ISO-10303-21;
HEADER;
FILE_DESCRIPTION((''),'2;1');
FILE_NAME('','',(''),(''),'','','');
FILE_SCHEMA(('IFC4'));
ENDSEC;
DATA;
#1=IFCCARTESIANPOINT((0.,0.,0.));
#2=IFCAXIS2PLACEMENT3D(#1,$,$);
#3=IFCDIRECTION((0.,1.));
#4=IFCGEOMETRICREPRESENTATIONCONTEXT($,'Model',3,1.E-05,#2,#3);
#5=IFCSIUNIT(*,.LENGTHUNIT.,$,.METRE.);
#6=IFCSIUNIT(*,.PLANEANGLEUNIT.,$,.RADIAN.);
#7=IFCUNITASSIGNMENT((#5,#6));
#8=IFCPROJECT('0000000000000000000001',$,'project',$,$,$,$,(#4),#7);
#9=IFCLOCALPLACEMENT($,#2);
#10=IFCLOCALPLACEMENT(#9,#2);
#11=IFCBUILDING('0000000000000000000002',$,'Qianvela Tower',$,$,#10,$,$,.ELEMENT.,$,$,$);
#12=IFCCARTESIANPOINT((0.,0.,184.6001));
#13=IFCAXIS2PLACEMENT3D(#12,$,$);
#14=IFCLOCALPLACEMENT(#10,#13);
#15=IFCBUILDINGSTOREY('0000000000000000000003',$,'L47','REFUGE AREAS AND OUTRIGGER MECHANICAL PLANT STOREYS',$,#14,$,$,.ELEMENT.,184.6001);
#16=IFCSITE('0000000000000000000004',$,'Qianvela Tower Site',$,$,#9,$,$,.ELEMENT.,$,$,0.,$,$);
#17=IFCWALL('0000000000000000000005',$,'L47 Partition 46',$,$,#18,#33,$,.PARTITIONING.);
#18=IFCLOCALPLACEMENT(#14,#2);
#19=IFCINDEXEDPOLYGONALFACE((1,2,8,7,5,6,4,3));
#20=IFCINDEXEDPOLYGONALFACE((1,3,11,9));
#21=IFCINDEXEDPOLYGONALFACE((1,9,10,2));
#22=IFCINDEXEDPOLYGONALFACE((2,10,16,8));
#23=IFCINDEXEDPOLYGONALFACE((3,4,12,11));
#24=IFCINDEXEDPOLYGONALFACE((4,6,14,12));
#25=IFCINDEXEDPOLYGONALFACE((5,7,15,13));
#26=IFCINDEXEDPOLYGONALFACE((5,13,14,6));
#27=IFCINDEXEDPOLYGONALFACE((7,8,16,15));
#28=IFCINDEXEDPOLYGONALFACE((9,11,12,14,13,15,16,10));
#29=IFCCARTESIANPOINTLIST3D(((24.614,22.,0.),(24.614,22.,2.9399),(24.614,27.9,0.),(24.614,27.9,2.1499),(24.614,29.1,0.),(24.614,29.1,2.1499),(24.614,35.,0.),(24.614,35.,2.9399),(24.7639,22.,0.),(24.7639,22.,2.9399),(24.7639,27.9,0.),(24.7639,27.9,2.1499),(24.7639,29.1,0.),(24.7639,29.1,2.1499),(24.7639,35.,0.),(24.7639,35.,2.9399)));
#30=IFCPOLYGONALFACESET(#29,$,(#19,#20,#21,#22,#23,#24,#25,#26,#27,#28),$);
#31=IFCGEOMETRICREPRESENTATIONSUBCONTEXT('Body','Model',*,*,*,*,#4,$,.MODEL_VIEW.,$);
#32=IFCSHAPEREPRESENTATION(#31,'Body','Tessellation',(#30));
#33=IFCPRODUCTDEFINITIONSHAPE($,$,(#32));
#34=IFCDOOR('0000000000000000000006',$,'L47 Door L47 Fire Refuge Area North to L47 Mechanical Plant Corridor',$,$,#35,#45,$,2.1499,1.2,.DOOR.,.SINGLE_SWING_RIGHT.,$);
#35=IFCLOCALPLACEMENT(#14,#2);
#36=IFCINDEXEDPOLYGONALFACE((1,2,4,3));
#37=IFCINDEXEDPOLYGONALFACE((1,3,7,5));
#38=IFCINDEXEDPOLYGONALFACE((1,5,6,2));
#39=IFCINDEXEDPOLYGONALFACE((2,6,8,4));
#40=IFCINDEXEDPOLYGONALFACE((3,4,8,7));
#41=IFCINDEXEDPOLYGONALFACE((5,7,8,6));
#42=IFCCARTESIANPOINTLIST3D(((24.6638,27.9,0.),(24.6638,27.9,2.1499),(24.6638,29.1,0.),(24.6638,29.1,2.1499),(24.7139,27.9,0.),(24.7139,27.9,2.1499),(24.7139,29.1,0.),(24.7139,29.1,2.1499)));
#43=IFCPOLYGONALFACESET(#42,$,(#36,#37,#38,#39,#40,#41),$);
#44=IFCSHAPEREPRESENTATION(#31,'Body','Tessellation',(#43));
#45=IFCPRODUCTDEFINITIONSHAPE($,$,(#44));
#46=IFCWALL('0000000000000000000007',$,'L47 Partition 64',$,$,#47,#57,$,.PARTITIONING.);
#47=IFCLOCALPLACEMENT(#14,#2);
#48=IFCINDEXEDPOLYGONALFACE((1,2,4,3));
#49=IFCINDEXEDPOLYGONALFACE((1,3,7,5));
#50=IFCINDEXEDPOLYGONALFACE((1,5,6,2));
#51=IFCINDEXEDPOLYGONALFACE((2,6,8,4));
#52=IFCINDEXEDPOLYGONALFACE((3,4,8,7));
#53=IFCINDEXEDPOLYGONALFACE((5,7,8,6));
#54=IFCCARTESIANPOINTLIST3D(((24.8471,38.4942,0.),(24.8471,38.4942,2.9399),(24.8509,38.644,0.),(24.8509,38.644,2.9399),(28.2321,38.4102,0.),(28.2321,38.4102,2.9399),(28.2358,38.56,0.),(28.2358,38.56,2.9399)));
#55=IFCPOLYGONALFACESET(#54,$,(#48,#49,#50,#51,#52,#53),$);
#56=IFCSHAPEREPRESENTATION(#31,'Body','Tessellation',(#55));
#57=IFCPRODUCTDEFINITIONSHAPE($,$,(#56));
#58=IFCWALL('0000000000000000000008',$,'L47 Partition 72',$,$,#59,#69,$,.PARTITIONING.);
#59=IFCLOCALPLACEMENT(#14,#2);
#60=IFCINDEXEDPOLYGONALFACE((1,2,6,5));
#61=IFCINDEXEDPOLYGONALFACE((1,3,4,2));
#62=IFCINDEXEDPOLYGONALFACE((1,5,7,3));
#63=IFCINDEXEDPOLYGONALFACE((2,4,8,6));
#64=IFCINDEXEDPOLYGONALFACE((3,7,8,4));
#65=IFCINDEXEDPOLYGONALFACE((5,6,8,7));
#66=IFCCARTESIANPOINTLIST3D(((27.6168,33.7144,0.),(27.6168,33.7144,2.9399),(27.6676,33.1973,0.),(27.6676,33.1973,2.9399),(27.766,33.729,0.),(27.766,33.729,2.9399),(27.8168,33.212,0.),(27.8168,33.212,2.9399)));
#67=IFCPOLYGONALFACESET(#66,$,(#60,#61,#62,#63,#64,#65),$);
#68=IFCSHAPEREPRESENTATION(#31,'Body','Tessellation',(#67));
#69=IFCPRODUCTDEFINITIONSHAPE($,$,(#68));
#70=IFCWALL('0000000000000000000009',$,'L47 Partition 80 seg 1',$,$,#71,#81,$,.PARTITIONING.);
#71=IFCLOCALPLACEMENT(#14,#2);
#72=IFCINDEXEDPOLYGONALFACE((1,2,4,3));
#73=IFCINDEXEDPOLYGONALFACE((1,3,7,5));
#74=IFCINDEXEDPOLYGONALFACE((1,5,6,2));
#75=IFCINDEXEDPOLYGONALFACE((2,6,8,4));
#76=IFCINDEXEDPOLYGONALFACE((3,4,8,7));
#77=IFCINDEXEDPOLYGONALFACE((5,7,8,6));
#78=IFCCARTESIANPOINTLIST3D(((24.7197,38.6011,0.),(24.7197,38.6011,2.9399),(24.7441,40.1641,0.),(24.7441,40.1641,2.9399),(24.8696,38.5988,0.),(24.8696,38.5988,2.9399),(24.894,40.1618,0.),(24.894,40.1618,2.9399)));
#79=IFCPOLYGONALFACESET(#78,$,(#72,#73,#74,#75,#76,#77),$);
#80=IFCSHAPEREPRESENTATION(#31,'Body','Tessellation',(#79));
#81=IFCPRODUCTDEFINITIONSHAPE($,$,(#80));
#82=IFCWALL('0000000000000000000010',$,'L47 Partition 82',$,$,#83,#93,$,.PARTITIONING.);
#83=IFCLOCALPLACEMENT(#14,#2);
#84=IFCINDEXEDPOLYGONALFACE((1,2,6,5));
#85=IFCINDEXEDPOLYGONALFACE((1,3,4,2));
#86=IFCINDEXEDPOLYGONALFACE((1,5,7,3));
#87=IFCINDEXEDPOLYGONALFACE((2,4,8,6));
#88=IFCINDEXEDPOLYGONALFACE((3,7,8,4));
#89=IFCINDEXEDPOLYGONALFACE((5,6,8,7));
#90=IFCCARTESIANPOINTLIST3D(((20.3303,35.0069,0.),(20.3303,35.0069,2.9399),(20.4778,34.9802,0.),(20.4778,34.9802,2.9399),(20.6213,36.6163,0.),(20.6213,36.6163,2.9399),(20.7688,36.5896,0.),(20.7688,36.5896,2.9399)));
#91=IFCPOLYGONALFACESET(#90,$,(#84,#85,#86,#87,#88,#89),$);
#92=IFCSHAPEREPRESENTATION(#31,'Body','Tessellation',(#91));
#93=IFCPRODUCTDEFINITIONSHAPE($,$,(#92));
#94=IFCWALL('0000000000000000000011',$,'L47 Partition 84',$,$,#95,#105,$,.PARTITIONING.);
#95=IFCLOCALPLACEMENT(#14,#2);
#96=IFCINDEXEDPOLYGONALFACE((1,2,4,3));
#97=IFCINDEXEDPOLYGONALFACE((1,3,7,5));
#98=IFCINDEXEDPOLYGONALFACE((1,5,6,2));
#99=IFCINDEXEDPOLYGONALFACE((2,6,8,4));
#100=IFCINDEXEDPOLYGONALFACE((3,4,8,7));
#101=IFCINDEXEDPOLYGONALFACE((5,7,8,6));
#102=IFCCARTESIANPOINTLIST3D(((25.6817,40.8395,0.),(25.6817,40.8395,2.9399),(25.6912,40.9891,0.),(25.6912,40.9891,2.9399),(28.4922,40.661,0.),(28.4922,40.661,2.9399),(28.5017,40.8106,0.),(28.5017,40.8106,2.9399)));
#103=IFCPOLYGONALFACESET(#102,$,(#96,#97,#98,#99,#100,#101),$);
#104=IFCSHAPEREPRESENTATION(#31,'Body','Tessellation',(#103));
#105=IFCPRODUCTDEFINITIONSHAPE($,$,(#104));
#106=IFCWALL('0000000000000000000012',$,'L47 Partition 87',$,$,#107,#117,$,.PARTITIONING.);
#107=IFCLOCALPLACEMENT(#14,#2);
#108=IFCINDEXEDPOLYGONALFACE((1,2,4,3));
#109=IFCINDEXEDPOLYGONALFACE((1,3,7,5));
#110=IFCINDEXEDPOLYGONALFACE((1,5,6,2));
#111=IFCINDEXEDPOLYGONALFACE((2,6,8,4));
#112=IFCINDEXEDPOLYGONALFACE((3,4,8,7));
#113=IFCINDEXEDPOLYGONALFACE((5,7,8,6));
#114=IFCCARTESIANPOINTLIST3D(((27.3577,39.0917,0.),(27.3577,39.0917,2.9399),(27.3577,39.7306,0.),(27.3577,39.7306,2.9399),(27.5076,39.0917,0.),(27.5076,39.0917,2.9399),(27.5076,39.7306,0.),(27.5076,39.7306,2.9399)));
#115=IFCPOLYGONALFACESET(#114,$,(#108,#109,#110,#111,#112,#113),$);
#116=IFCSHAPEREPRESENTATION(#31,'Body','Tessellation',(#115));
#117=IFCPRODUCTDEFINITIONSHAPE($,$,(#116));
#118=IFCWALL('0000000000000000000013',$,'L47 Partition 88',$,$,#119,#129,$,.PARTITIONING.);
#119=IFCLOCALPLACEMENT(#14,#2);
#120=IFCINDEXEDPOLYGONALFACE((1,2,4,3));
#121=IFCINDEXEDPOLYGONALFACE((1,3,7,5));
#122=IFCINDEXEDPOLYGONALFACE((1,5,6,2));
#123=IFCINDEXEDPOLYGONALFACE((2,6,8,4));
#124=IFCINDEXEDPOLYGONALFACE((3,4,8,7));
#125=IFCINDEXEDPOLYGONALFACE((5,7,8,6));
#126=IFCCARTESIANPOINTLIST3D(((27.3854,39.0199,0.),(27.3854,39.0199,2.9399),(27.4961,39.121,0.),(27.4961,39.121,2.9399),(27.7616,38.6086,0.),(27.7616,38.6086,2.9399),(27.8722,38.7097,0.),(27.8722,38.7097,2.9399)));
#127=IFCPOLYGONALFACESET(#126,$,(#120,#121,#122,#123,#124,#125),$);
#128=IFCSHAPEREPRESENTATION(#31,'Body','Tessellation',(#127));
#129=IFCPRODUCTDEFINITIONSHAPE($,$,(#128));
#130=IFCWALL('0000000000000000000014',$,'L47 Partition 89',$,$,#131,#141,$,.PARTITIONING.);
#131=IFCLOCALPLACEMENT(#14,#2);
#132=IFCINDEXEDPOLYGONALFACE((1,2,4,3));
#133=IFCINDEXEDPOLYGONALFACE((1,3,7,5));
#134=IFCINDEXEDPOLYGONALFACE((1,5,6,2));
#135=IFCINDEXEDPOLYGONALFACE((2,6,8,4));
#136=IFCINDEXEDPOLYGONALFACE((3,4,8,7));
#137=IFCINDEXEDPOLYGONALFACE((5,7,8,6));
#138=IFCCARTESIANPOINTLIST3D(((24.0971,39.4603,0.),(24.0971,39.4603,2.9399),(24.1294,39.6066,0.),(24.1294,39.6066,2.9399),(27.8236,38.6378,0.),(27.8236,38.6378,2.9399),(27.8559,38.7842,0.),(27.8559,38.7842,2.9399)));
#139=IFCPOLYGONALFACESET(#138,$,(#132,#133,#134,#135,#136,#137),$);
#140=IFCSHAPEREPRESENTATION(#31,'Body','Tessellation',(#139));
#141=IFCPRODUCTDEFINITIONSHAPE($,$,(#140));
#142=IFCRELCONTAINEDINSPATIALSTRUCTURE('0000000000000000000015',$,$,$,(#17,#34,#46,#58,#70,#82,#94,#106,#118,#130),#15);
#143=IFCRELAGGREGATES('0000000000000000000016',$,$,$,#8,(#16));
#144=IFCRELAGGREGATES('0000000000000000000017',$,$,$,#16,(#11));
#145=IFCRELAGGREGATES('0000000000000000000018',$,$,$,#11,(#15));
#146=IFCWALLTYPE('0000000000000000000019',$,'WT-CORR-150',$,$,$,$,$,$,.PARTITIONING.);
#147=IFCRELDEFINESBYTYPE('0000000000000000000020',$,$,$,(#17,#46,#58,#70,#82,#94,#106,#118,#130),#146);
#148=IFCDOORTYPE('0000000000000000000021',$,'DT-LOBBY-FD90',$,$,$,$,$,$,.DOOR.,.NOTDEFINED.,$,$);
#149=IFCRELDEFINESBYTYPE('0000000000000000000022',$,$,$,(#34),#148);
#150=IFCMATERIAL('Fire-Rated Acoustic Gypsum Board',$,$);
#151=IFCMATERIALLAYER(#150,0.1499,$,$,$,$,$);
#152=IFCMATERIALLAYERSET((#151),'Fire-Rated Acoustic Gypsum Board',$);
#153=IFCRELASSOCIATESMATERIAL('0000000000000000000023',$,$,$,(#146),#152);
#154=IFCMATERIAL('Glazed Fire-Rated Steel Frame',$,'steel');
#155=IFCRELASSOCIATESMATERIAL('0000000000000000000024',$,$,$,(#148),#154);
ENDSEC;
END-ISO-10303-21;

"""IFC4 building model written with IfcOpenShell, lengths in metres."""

from ifc_helpers import new_model, si_unit, direction, frame, frame_2d, origin, place, context, subcontext, project, spatial, rectangle, extrude, material, layer, layer_set, type_object, element, fill, save


model = new_model("IFC4")

# Units and contexts
model_context = context("Model", 3, precision=1e-05, world=origin(), true_north=direction((0.0, 1.0)))
body_context = subcontext(model_context, "Body", "Model", "MODEL_VIEW")
ifc_project = project(units=[si_unit("LENGTHUNIT", "METRE"), si_unit("PLANEANGLEUNIT", "RADIAN")], contexts=[model_context])

# Site, building, storey
site_placement = place(None, origin())
site = spatial("IfcSite", under=ifc_project, at=site_placement, Name="Qianvela Tower Site", CompositionType="ELEMENT", RefElevation=0.0)
building_placement = place(site_placement, origin())
building = spatial("IfcBuilding", under=site, at=building_placement, Name="Qianvela Tower", CompositionType="ELEMENT")
storey_placement = place(building_placement, frame((0.0, 0.0, 184.6001)))
storey = spatial("IfcBuildingStorey", under=building, at=storey_placement, Name="L47", Description="REFUGE AREAS AND OUTRIGGER MECHANICAL PLANT STOREYS", CompositionType="ELEMENT", Elevation=184.6001)

# Shared definitions
ifc_material_1 = material(Name="Fire-Rated Acoustic Gypsum Board")
ifc_layer_1 = layer(ifc_material_1, 0.1499)
ifc_layer_set_1 = layer_set([ifc_layer_1], Name="Fire-Rated Acoustic Gypsum Board")
wall_type_1 = type_object("IfcWallType", Name="WT-CORR-150", PredefinedType="PARTITIONING", material=ifc_layer_set_1)

# Wall, opening, door
wall_1_placement = place(storey_placement, frame((24.689, 35.0, 0.0), z_axis=(0.0, 0.0, 1.0), x_axis=(0.0, -1.0, 0.0)))
wall_1 = element("IfcWall", 1, at=wall_1_placement, inside=storey, type_object=wall_type_1, Name="L47 Partition 46", PredefinedType="PARTITIONING", context=body_context, shape_type="SweptSolid", body=[
    extrude(rectangle(XDim=13.0, YDim=0.1499, at=frame_2d((6.5, 0.0))), origin(), (0.0, 0.0, 1.0), 2.9399),
])
opening_1_placement = place(wall_1_placement, frame((5.8999, 0.0, 0.0)))
opening_1 = element("IfcOpeningElement", 2, at=opening_1_placement, cuts=wall_1, PredefinedType="OPENING", context=body_context, shape_type="SweptSolid", body=[
    extrude(rectangle(XDim=1.2, YDim=2.1499, at=frame_2d((0.6001, 1.075))), frame((0.0, 0.085, 0.0), z_axis=(0.0, -1.0, 0.0), x_axis=(1.0, 0.0, 0.0)), (0.0, 0.0, 1.0), 0.1699),
])
ifc_material_2 = material(Name="Glazed Fire-Rated Steel Frame", Category="steel")
door_type = type_object("IfcDoorType", Name="DT-LOBBY-FD90", OperationType="NOTDEFINED", PredefinedType="DOOR", material=ifc_material_2)
door_1_placement = place(opening_1_placement, origin())
door_1 = element("IfcDoor", 3, at=door_1_placement, inside=storey, type_object=door_type, Name="L47 Door L47 Fire Refuge Area North to L47 Mechanical Plant Corridor", OperationType="SINGLE_SWING_RIGHT", OverallHeight=2.1499, OverallWidth=1.2, PredefinedType="DOOR", context=body_context, shape_type="SweptSolid", body=[
    extrude(rectangle(XDim=1.2, YDim=2.1499, at=frame_2d((0.6001, 1.075))), frame((0.0, 0.0249, 0.0), z_axis=(0.0, -1.0, 0.0), x_axis=(1.0, 0.0, 0.0)), (0.0, 0.0, 1.0), 0.05),
])
fill(opening_1, door_1)

# Walls
wall_2_placement = place(storey_placement, frame((24.8491, 38.5691, 0.0), z_axis=(0.0, 0.0, 1.0), x_axis=(0.999692, -0.024803, 0.0)))
element("IfcWall", 4, at=wall_2_placement, inside=storey, type_object=wall_type_1, Name="L47 Partition 64", PredefinedType="PARTITIONING", context=body_context, shape_type="SweptSolid", body=[
    extrude(rectangle(XDim=3.386, YDim=0.1499, at=frame_2d((1.6929, 0.0))), origin(), (0.0, 0.0, 1.0), 2.9399),
])
wall_3_placement = place(storey_placement, frame((27.6914, 33.7217, 0.0), z_axis=(0.0, 0.0, 1.0), x_axis=(0.097736, -0.995212, 0.0)))
element("IfcWall", 5, at=wall_3_placement, inside=storey, type_object=wall_type_1, Name="L47 Partition 72", PredefinedType="PARTITIONING", context=body_context, shape_type="SweptSolid", body=[
    extrude(rectangle(XDim=0.5195, YDim=0.1499, at=frame_2d((0.2598, 0.0))), origin(), (0.0, 0.0, 1.0), 2.9399),
])
wall_4_placement = place(storey_placement, frame((24.8191, 40.1631, 0.0), z_axis=(0.0, 0.0, 1.0), x_axis=(-0.015618, -0.999878, 0.0)))
element("IfcWall", 6, at=wall_4_placement, inside=storey, type_object=wall_type_1, Name="L47 Partition 80 seg 1", PredefinedType="PARTITIONING", context=body_context, shape_type="SweptSolid", body=[
    extrude(rectangle(XDim=1.5632, YDim=0.1499, at=frame_2d((0.7817, 0.0))), origin(), (0.0, 0.0, 1.0), 2.9399),
])
wall_5_placement = place(storey_placement, frame((20.4041, 34.9934, 0.0), z_axis=(0.0, 0.0, 1.0), x_axis=(0.17794, 0.984041, 0.0)))
element("IfcWall", 7, at=wall_5_placement, inside=storey, type_object=wall_type_1, Name="L47 Partition 82", PredefinedType="PARTITIONING", context=body_context, shape_type="SweptSolid", body=[
    extrude(rectangle(XDim=1.6355, YDim=0.1499, at=frame_2d((0.8179, 0.0))), origin(), (0.0, 0.0, 1.0), 2.9399),
])
wall_6_placement = place(storey_placement, frame((25.6863, 40.9143, 0.0), z_axis=(0.0, 0.0, 1.0), x_axis=(0.99799, -0.063371, 0.0)))
element("IfcWall", 8, at=wall_6_placement, inside=storey, type_object=wall_type_1, Name="L47 Partition 84", PredefinedType="PARTITIONING", context=body_context, shape_type="SweptSolid", body=[
    extrude(rectangle(XDim=2.8162, YDim=0.1499, at=frame_2d((1.4082, 0.0))), origin(), (0.0, 0.0, 1.0), 2.9399),
])
wall_7_placement = place(storey_placement, frame((27.4326, 39.7305, 0.0), z_axis=(0.0, 0.0, 1.0), x_axis=(0.0, -1.0, 0.0)))
element("IfcWall", 9, at=wall_7_placement, inside=storey, type_object=wall_type_1, Name="L47 Partition 87", PredefinedType="PARTITIONING", context=body_context, shape_type="SweptSolid", body=[
    extrude(rectangle(XDim=0.6389, YDim=0.1499, at=frame_2d((0.3193, 0.0))), origin(), (0.0, 0.0, 1.0), 2.9399),
])
wall_8_placement = place(storey_placement, frame((27.4407, 39.0706, 0.0), z_axis=(0.0, 0.0, 1.0), x_axis=(0.674871, -0.737935, 0.0)))
element("IfcWall", 10, at=wall_8_placement, inside=storey, type_object=wall_type_1, Name="L47 Partition 88", PredefinedType="PARTITIONING", context=body_context, shape_type="SweptSolid", body=[
    extrude(rectangle(XDim=0.5574, YDim=0.1499, at=frame_2d((0.2788, 0.0))), origin(), (0.0, 0.0, 1.0), 2.9399),
])
wall_9_placement = place(storey_placement, frame((27.8398, 38.7109, 0.0), z_axis=(0.0, 0.0, 1.0), x_axis=(-0.976498, 0.215528, 0.0)))
element("IfcWall", 11, at=wall_9_placement, inside=storey, type_object=wall_type_1, Name="L47 Partition 89", PredefinedType="PARTITIONING", context=body_context, shape_type="SweptSolid", body=[
    extrude(rectangle(XDim=3.8162, YDim=0.1499, at=frame_2d((1.9082, 0.0))), origin(), (0.0, 0.0, 1.0), 2.9399),
])

save(model, "model.ifc")
